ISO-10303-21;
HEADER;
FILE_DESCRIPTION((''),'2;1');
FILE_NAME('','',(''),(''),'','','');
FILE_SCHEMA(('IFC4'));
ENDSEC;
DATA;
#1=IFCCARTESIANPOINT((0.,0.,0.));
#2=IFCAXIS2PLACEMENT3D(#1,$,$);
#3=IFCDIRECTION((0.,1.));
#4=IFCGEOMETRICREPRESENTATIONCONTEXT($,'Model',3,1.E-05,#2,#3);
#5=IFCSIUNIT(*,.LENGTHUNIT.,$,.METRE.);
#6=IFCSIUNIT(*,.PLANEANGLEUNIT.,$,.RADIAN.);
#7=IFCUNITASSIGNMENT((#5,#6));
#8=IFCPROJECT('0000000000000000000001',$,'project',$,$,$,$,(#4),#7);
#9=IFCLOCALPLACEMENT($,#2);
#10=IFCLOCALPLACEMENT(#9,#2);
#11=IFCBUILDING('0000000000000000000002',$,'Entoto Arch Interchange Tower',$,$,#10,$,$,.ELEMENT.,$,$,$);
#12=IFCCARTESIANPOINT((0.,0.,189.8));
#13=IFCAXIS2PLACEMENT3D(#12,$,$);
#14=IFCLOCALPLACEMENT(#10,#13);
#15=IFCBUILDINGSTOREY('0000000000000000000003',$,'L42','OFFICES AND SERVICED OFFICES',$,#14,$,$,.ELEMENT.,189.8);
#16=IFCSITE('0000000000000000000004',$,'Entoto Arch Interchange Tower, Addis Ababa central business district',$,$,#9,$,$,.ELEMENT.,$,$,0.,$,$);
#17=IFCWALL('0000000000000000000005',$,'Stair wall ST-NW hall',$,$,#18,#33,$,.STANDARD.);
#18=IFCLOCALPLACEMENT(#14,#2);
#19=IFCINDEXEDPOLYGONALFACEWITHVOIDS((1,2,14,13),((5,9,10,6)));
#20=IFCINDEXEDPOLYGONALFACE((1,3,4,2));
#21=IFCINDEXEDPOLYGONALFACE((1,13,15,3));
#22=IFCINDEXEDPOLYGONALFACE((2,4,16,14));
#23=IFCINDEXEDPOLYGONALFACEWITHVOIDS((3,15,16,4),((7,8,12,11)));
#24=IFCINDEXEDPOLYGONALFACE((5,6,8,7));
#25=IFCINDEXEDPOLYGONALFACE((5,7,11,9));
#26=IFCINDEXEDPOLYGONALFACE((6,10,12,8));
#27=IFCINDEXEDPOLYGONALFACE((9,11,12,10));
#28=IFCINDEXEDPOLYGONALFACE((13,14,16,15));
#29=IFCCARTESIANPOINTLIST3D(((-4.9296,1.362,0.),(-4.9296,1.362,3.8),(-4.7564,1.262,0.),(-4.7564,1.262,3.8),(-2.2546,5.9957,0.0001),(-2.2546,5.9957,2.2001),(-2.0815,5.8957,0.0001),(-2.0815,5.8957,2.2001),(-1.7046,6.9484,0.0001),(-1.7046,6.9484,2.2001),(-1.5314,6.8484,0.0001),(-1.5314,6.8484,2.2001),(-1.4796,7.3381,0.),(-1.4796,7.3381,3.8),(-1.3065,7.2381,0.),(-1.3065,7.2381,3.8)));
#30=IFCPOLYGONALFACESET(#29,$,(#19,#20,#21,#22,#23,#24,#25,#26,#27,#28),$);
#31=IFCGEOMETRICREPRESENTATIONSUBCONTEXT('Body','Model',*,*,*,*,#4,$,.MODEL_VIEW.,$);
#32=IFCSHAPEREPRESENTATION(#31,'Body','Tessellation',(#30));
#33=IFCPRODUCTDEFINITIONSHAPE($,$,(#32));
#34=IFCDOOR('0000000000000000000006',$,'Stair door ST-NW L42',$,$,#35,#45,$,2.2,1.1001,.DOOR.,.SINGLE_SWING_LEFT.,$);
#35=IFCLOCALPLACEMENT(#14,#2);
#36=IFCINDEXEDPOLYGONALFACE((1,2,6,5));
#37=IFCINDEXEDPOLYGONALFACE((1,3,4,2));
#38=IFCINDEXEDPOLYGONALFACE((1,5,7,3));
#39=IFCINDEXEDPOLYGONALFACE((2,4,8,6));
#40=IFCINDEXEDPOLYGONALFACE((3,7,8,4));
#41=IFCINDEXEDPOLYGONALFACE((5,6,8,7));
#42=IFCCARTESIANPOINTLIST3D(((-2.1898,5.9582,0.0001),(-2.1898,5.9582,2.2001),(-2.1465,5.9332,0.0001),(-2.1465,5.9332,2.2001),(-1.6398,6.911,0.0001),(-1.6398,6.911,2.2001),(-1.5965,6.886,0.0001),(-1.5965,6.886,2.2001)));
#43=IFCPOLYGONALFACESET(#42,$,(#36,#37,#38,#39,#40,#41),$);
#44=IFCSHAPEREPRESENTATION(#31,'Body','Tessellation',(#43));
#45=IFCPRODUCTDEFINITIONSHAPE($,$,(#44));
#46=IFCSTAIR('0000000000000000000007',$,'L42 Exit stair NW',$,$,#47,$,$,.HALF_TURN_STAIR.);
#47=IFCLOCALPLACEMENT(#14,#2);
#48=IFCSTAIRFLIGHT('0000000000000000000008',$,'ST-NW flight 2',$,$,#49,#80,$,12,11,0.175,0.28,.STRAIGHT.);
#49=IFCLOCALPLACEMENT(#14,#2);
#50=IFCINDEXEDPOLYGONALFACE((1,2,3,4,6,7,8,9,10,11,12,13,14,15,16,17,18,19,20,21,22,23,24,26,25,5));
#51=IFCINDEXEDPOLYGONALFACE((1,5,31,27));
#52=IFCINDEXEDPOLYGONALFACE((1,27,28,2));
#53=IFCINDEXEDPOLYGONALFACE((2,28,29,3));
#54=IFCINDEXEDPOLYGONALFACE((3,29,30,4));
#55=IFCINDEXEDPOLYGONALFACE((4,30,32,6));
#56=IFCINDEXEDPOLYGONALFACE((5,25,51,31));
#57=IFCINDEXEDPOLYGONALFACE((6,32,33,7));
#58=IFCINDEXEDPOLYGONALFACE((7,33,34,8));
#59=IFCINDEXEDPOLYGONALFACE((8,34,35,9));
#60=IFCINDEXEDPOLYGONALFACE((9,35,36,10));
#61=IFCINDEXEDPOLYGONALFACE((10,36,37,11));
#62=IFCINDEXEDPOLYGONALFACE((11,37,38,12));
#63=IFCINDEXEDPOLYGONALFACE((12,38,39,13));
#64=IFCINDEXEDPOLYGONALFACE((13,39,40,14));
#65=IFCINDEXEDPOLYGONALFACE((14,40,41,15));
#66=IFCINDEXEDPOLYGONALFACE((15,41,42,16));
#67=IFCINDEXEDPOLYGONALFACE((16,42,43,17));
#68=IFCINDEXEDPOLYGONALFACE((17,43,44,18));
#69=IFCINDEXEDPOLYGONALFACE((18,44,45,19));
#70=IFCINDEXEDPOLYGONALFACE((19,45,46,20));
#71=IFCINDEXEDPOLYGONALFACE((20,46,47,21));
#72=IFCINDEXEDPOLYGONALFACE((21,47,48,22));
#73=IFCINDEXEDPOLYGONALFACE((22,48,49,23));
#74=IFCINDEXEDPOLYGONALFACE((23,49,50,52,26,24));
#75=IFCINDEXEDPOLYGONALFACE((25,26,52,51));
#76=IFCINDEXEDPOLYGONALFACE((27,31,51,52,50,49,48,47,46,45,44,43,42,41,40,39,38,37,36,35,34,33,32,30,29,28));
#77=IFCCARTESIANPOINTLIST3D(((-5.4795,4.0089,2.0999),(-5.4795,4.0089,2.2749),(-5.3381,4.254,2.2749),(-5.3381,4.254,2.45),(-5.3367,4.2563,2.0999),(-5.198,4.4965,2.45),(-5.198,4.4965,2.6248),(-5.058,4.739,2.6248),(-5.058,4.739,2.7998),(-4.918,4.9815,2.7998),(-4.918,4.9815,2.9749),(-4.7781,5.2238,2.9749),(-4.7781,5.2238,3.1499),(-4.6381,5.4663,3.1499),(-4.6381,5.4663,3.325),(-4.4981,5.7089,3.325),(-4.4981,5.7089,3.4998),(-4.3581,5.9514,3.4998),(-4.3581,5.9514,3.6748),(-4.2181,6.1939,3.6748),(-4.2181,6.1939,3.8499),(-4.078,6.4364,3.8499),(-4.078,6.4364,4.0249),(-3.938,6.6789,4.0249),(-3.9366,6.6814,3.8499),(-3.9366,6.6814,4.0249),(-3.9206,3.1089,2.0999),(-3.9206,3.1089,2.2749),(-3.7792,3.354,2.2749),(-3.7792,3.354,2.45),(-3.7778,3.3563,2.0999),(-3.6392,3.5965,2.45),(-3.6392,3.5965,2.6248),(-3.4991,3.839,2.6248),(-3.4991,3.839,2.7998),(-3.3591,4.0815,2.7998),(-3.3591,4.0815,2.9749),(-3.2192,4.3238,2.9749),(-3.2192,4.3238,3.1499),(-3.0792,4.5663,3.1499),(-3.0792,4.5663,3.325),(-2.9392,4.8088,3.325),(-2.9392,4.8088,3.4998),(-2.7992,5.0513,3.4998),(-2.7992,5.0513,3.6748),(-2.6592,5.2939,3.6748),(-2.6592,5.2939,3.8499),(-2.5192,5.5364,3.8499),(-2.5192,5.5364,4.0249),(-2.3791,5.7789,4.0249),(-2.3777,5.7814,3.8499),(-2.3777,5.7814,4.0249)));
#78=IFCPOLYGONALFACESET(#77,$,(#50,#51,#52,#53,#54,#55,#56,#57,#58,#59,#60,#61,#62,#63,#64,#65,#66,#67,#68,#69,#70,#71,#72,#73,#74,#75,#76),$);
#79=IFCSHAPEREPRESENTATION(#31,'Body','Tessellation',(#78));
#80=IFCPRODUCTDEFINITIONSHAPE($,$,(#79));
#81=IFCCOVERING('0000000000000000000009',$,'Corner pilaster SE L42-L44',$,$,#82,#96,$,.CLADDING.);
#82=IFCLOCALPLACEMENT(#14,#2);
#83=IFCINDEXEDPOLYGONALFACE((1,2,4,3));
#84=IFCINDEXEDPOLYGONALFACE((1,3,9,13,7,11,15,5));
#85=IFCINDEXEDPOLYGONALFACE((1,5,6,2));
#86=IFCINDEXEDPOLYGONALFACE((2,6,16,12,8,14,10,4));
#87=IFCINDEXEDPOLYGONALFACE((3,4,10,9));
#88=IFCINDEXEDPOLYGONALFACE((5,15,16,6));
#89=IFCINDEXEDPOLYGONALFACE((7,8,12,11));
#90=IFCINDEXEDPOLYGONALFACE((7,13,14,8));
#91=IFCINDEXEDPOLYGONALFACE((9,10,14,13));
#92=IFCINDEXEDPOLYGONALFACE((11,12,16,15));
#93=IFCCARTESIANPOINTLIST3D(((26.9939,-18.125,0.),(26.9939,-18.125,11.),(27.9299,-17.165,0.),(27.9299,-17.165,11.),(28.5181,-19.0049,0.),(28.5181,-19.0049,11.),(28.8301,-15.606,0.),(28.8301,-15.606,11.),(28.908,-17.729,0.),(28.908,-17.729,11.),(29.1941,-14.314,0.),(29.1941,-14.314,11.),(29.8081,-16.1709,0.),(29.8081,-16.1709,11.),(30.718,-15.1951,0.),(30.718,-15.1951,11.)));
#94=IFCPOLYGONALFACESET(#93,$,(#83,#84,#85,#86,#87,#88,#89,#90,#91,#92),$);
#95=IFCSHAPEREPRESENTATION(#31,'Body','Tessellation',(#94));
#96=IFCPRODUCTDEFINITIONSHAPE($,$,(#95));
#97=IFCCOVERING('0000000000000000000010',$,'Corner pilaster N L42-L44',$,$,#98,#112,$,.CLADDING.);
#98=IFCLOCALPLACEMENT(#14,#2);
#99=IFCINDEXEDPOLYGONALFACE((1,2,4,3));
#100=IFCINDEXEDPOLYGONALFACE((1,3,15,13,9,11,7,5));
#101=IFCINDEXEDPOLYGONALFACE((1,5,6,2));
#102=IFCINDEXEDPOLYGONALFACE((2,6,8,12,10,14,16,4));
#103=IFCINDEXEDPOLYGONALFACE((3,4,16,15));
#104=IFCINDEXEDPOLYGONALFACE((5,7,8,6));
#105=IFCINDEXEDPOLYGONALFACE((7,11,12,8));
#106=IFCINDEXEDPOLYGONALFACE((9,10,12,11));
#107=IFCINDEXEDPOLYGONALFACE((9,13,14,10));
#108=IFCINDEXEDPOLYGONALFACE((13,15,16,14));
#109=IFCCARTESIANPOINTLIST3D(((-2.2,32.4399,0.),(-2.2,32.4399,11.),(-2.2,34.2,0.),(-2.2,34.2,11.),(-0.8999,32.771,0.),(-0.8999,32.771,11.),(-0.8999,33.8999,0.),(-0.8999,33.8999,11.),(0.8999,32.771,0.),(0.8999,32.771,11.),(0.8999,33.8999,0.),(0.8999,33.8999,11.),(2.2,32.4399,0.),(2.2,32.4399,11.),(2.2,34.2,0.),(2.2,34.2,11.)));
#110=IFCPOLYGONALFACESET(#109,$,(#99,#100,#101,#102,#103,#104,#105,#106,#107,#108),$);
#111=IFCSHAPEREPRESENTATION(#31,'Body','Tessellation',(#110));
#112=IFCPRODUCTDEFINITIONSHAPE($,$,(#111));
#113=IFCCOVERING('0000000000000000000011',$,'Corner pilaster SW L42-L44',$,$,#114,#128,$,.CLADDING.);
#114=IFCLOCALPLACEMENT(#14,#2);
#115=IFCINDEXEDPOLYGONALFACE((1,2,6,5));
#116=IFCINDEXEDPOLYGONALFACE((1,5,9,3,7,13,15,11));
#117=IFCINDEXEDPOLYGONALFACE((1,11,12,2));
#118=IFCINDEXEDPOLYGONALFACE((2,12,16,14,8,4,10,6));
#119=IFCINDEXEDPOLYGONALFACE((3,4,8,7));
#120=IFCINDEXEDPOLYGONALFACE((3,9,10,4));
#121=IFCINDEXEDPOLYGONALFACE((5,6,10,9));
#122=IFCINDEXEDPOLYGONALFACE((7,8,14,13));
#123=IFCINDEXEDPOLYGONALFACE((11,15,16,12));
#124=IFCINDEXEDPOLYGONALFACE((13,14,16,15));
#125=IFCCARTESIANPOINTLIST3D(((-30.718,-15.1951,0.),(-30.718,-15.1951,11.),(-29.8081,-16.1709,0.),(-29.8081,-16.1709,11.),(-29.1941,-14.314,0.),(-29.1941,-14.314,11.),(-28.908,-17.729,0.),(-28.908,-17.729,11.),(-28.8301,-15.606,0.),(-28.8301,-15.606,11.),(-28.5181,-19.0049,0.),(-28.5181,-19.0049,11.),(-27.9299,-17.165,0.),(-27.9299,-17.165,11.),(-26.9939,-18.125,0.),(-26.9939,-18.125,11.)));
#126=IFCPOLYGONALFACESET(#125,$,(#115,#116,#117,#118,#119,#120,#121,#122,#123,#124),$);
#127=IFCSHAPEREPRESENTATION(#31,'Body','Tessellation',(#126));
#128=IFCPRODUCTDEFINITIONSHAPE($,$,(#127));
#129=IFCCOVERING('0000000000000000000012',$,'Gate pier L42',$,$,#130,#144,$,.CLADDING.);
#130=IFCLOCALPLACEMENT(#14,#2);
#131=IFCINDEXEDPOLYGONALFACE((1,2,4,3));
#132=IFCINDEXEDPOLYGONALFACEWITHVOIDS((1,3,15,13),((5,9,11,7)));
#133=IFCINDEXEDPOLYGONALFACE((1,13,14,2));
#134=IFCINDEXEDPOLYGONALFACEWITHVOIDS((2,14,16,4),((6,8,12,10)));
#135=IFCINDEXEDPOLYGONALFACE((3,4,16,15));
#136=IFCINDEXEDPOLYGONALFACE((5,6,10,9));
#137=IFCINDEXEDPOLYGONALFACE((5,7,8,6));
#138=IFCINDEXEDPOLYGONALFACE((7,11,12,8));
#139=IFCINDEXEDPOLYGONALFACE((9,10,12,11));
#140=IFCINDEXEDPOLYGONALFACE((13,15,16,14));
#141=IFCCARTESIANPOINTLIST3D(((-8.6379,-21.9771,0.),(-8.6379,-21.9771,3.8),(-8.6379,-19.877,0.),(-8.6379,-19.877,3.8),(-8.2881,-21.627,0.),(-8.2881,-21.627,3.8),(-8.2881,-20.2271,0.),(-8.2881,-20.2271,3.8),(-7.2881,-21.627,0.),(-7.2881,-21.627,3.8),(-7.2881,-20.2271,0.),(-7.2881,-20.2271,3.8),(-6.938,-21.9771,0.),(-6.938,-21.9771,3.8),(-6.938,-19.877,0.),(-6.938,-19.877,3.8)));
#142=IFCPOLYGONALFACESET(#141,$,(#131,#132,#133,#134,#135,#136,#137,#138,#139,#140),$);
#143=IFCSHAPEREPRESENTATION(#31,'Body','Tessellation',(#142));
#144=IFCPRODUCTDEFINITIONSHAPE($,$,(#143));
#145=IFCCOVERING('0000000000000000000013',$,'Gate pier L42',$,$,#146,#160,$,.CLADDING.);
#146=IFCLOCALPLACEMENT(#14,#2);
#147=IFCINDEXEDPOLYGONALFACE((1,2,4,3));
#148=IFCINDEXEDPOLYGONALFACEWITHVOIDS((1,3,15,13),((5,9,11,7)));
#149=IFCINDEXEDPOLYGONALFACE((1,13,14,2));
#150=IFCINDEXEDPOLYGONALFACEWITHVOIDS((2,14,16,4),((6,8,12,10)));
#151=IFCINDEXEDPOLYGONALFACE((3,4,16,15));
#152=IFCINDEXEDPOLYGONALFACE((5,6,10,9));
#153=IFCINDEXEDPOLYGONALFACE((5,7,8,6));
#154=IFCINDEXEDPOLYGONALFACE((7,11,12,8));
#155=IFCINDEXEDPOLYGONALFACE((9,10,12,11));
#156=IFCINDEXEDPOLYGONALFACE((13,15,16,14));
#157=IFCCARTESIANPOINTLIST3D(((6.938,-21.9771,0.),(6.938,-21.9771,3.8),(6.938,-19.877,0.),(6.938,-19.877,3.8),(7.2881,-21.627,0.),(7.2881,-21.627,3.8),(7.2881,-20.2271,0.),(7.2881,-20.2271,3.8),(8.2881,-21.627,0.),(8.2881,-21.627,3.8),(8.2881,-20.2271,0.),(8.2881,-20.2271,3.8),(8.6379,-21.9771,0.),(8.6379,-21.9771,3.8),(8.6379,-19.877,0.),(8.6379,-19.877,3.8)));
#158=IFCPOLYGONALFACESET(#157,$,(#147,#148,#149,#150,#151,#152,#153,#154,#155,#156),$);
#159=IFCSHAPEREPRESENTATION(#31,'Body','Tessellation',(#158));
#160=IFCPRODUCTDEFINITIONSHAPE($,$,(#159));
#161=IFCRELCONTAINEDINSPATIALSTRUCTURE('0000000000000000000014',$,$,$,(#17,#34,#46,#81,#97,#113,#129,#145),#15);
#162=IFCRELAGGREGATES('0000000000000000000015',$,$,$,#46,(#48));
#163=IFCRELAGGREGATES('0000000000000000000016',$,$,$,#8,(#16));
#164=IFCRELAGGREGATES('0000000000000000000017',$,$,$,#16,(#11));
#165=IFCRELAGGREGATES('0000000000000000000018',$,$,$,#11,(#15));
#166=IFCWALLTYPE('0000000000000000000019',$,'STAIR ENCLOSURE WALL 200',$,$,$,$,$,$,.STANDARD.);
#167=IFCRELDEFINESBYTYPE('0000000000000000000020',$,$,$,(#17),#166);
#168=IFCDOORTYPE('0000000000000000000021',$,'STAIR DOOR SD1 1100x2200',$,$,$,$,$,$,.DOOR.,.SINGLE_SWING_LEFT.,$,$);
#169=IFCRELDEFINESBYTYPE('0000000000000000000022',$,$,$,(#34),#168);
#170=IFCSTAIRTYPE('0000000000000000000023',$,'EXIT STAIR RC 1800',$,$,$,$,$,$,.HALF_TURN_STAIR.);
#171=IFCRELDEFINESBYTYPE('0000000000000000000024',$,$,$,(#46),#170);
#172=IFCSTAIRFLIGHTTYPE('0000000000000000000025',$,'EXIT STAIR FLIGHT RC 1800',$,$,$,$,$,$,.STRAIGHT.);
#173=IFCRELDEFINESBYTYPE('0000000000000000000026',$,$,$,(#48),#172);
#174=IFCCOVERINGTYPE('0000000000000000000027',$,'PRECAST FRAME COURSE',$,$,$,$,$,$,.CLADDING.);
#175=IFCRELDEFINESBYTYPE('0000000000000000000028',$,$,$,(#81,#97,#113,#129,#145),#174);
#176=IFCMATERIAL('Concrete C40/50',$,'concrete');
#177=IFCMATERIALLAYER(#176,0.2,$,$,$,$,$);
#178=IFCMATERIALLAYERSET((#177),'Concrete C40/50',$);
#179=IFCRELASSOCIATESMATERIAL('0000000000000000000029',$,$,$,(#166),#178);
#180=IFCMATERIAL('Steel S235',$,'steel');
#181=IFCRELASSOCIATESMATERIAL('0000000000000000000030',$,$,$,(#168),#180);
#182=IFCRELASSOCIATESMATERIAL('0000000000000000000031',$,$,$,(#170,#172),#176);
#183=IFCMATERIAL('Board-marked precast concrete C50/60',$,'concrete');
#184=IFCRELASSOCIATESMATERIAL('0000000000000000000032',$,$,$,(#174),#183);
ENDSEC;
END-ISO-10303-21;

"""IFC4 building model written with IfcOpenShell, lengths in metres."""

from ifc_helpers import new_model, si_unit, direction, frame, frame_2d, origin, place, context, subcontext, project, spatial, polyline, rectangle, outline, extrude, material, layer, layer_set, type_object, element, fill, aggregate, save


model = new_model("IFC4")

# Units and contexts
model_context = context("Model", 3, precision=1e-05, world=origin(), true_north=direction((0.0, 1.0)))
body_context = subcontext(model_context, "Body", "Model", "MODEL_VIEW")
ifc_project = project(units=[si_unit("LENGTHUNIT", "METRE"), si_unit("PLANEANGLEUNIT", "RADIAN")], contexts=[model_context])

# Site, building, storey
site_placement = place(None, origin())
site = spatial("IfcSite", under=ifc_project, at=site_placement, Name="Entoto Arch Interchange Tower, Addis Ababa central business district", CompositionType="ELEMENT", RefElevation=0.0)
building_placement = place(site_placement, origin())
building = spatial("IfcBuilding", under=site, at=building_placement, Name="Entoto Arch Interchange Tower", CompositionType="ELEMENT")
storey_placement = place(building_placement, frame((0.0, 0.0, 189.8)))
storey = spatial("IfcBuildingStorey", under=building, at=storey_placement, Name="L42", Description="OFFICES AND SERVICED OFFICES", CompositionType="ELEMENT", Elevation=189.8)

# Wall, opening, door
ifc_material_1 = material(Name="Concrete C40/50", Category="concrete")
ifc_layer_1 = layer(ifc_material_1, 0.2)
ifc_layer_set_1 = layer_set([ifc_layer_1], Name="Concrete C40/50")
wall_type_1 = type_object("IfcWallType", Name="STAIR ENCLOSURE WALL 200", PredefinedType="STANDARD", material=ifc_layer_set_1)
wall_1_placement = place(storey_placement, frame((-1.3931, 7.2881, 0.0), z_axis=(0.0, 0.0, 1.0), x_axis=(-0.499963, -0.866047, 0.0)))
wall_1 = element("IfcWall", 1, at=wall_1_placement, inside=storey, type_object=wall_type_1, Name="Stair wall ST-NW hall", PredefinedType="STANDARD", context=body_context, shape_type="SweptSolid", body=[
    extrude(rectangle(XDim=6.9004, YDim=0.2, at=frame_2d((3.4502, 0.0))), origin(), (0.0, 0.0, 1.0), 3.8),
])
opening_1_placement = place(wall_1_placement, frame((0.45, 0.0, 0.0)))
opening_1 = element("IfcOpeningElement", 2, at=opening_1_placement, cuts=wall_1, PredefinedType="OPENING", context=body_context, shape_type="SweptSolid", body=[
    extrude(rectangle(XDim=1.1001, YDim=2.2, at=frame_2d((0.55, 1.1001))), frame((0.0, 0.1099, 0.0), z_axis=(0.0, -1.0, 0.0), x_axis=(1.0, 0.0, 0.0)), (0.0, 0.0, 1.0), 0.22),
])
ifc_material_2 = material(Name="Steel S235", Category="steel")
door_type_1 = type_object("IfcDoorType", Name="STAIR DOOR SD1 1100x2200", OperationType="SINGLE_SWING_LEFT", PredefinedType="DOOR", material=ifc_material_2)
door_1_placement = place(opening_1_placement, origin())
door_1 = element("IfcDoor", 3, at=door_1_placement, inside=storey, type_object=door_type_1, Name="Stair door ST-NW L42", OperationType="SINGLE_SWING_LEFT", OverallHeight=2.2, OverallWidth=1.1001, PredefinedType="DOOR", context=body_context, shape_type="SweptSolid", body=[
    extrude(rectangle(XDim=1.1001, YDim=2.2, at=frame_2d((0.55, 1.1001))), frame((0.0, 0.0249, 0.0), z_axis=(0.0, -1.0, 0.0), x_axis=(1.0, 0.0, 0.0)), (0.0, 0.0, 1.0), 0.05),
])
fill(opening_1, door_1)

# Stair, stair flight
stair_type = type_object("IfcStairType", Name="EXIT STAIR RC 1800", PredefinedType="HALF_TURN_STAIR", material=ifc_material_1)
stair_placement = place(storey_placement, origin())
stair = element("IfcStair", 4, at=stair_placement, inside=storey, type_object=stair_type, Name="L42 Exit stair NW", PredefinedType="HALF_TURN_STAIR")
stair_flight_type = type_object("IfcStairFlightType", Name="EXIT STAIR FLIGHT RC 1800", PredefinedType="STRAIGHT", material=ifc_material_1)
stair_flight_placement = place(storey_placement, frame((-4.6987, 3.5615, 2.0999), z_axis=(0.0, 0.0, 1.0), x_axis=(0.5, 0.866025, 0.0)))
stair_flight = element("IfcStairFlight", 5, at=stair_flight_placement, type_object=stair_flight_type, Name="ST-NW flight 2", NumberOfRisers=12, NumberOfTreads=11, PredefinedType="STRAIGHT", RiserHeight=0.175, TreadLength=0.28, context=body_context, shape_type="SweptSolid", body=[
    extrude(outline(polyline([(-0.0029, 0.0), (-0.0029, 0.175), (0.28, 0.175), (0.28, 0.3501), (0.5601, 0.3501), (0.5601, 0.5249), (0.8401, 0.5249), (0.8401, 0.7), (1.1201, 0.7), (1.1201, 0.875), (1.3999, 0.875), (1.3999, 1.05), (1.6799, 1.05), (1.6799, 1.2251), (1.96, 1.2251), (1.96, 1.3999), (2.24, 1.3999), (2.24, 1.575), (2.52, 1.575), (2.52, 1.75), (2.8, 1.75), (2.8, 1.925), (3.0801, 1.925), (3.083, 1.925), (3.083, 1.75), (0.2827, 0.0), (-0.0029, 0.0)])), frame((0.0, 0.8999, 0.0), z_axis=(0.0, -1.0, 0.0), x_axis=(1.0, 0.0, 0.0)), (0.0, 0.0, 1.0), 1.8),
])
aggregate(stair, [stair_flight])

# Coverings
ifc_material_3 = material(Name="Board-marked precast concrete C50/60", Category="concrete")
covering_type = type_object("IfcCoveringType", Name="PRECAST FRAME COURSE", PredefinedType="CLADDING", material=ifc_material_3)
covering_1_placement = place(storey_placement, origin())
element("IfcCovering", 6, at=covering_1_placement, inside=storey, type_object=covering_type, Name="Corner pilaster SE L42-L44", PredefinedType="CLADDING", context=body_context, shape_type="SweptSolid", body=[
    extrude(outline(polyline([(30.718, -15.1951), (28.5181, -19.0049), (26.9939, -18.125), (27.9299, -17.165), (28.908, -17.729), (29.8081, -16.1709), (28.8301, -15.606), (29.1941, -14.314), (30.718, -15.1951)])), origin(), (0.0, 0.0, 1.0), 11.0),
])
covering_2_placement = place(storey_placement, origin())
element("IfcCovering", 7, at=covering_2_placement, inside=storey, type_object=covering_type, Name="Corner pilaster N L42-L44", PredefinedType="CLADDING", context=body_context, shape_type="SweptSolid", body=[
    extrude(outline(polyline([(-2.2, 34.2), (2.2, 34.2), (2.2, 32.4399), (0.8999, 32.771), (0.8999, 33.8999), (-0.8999, 33.8999), (-0.8999, 32.771), (-2.2, 32.4399), (-2.2, 34.2)])), origin(), (0.0, 0.0, 1.0), 11.0),
])
covering_3_placement = place(storey_placement, origin())
element("IfcCovering", 8, at=covering_3_placement, inside=storey, type_object=covering_type, Name="Corner pilaster SW L42-L44", PredefinedType="CLADDING", context=body_context, shape_type="SweptSolid", body=[
    extrude(outline(polyline([(-28.5181, -19.0049), (-30.718, -15.1951), (-29.1941, -14.314), (-28.8301, -15.606), (-29.8081, -16.1709), (-28.908, -17.729), (-27.9299, -17.165), (-26.9939, -18.125), (-28.5181, -19.0049)])), origin(), (0.0, 0.0, 1.0), 11.0),
])
covering_4_placement = place(storey_placement, origin())
element("IfcCovering", 9, at=covering_4_placement, inside=storey, type_object=covering_type, Name="Gate pier L42", PredefinedType="CLADDING", context=body_context, shape_type="SweptSolid", body=[
    extrude(outline(polyline([(-8.6379, -19.877), (-6.938, -19.877), (-6.938, -21.9771), (-8.6379, -21.9771), (-8.6379, -19.877)]), holes=[polyline([(-8.2881, -20.2271), (-8.2881, -21.627), (-7.2881, -21.627), (-7.2881, -20.2271), (-8.2881, -20.2271)])]), origin(), (0.0, 0.0, 1.0), 3.8),
])
covering_5_placement = place(storey_placement, origin())
element("IfcCovering", 10, at=covering_5_placement, inside=storey, type_object=covering_type, Name="Gate pier L42", PredefinedType="CLADDING", context=body_context, shape_type="SweptSolid", body=[
    extrude(outline(polyline([(6.938, -19.877), (8.6379, -19.877), (8.6379, -21.9771), (6.938, -21.9771), (6.938, -19.877)]), holes=[polyline([(7.2881, -20.2271), (7.2881, -21.627), (8.2881, -21.627), (8.2881, -20.2271), (7.2881, -20.2271)])]), origin(), (0.0, 0.0, 1.0), 3.8),
])

save(model, "model.ifc")
